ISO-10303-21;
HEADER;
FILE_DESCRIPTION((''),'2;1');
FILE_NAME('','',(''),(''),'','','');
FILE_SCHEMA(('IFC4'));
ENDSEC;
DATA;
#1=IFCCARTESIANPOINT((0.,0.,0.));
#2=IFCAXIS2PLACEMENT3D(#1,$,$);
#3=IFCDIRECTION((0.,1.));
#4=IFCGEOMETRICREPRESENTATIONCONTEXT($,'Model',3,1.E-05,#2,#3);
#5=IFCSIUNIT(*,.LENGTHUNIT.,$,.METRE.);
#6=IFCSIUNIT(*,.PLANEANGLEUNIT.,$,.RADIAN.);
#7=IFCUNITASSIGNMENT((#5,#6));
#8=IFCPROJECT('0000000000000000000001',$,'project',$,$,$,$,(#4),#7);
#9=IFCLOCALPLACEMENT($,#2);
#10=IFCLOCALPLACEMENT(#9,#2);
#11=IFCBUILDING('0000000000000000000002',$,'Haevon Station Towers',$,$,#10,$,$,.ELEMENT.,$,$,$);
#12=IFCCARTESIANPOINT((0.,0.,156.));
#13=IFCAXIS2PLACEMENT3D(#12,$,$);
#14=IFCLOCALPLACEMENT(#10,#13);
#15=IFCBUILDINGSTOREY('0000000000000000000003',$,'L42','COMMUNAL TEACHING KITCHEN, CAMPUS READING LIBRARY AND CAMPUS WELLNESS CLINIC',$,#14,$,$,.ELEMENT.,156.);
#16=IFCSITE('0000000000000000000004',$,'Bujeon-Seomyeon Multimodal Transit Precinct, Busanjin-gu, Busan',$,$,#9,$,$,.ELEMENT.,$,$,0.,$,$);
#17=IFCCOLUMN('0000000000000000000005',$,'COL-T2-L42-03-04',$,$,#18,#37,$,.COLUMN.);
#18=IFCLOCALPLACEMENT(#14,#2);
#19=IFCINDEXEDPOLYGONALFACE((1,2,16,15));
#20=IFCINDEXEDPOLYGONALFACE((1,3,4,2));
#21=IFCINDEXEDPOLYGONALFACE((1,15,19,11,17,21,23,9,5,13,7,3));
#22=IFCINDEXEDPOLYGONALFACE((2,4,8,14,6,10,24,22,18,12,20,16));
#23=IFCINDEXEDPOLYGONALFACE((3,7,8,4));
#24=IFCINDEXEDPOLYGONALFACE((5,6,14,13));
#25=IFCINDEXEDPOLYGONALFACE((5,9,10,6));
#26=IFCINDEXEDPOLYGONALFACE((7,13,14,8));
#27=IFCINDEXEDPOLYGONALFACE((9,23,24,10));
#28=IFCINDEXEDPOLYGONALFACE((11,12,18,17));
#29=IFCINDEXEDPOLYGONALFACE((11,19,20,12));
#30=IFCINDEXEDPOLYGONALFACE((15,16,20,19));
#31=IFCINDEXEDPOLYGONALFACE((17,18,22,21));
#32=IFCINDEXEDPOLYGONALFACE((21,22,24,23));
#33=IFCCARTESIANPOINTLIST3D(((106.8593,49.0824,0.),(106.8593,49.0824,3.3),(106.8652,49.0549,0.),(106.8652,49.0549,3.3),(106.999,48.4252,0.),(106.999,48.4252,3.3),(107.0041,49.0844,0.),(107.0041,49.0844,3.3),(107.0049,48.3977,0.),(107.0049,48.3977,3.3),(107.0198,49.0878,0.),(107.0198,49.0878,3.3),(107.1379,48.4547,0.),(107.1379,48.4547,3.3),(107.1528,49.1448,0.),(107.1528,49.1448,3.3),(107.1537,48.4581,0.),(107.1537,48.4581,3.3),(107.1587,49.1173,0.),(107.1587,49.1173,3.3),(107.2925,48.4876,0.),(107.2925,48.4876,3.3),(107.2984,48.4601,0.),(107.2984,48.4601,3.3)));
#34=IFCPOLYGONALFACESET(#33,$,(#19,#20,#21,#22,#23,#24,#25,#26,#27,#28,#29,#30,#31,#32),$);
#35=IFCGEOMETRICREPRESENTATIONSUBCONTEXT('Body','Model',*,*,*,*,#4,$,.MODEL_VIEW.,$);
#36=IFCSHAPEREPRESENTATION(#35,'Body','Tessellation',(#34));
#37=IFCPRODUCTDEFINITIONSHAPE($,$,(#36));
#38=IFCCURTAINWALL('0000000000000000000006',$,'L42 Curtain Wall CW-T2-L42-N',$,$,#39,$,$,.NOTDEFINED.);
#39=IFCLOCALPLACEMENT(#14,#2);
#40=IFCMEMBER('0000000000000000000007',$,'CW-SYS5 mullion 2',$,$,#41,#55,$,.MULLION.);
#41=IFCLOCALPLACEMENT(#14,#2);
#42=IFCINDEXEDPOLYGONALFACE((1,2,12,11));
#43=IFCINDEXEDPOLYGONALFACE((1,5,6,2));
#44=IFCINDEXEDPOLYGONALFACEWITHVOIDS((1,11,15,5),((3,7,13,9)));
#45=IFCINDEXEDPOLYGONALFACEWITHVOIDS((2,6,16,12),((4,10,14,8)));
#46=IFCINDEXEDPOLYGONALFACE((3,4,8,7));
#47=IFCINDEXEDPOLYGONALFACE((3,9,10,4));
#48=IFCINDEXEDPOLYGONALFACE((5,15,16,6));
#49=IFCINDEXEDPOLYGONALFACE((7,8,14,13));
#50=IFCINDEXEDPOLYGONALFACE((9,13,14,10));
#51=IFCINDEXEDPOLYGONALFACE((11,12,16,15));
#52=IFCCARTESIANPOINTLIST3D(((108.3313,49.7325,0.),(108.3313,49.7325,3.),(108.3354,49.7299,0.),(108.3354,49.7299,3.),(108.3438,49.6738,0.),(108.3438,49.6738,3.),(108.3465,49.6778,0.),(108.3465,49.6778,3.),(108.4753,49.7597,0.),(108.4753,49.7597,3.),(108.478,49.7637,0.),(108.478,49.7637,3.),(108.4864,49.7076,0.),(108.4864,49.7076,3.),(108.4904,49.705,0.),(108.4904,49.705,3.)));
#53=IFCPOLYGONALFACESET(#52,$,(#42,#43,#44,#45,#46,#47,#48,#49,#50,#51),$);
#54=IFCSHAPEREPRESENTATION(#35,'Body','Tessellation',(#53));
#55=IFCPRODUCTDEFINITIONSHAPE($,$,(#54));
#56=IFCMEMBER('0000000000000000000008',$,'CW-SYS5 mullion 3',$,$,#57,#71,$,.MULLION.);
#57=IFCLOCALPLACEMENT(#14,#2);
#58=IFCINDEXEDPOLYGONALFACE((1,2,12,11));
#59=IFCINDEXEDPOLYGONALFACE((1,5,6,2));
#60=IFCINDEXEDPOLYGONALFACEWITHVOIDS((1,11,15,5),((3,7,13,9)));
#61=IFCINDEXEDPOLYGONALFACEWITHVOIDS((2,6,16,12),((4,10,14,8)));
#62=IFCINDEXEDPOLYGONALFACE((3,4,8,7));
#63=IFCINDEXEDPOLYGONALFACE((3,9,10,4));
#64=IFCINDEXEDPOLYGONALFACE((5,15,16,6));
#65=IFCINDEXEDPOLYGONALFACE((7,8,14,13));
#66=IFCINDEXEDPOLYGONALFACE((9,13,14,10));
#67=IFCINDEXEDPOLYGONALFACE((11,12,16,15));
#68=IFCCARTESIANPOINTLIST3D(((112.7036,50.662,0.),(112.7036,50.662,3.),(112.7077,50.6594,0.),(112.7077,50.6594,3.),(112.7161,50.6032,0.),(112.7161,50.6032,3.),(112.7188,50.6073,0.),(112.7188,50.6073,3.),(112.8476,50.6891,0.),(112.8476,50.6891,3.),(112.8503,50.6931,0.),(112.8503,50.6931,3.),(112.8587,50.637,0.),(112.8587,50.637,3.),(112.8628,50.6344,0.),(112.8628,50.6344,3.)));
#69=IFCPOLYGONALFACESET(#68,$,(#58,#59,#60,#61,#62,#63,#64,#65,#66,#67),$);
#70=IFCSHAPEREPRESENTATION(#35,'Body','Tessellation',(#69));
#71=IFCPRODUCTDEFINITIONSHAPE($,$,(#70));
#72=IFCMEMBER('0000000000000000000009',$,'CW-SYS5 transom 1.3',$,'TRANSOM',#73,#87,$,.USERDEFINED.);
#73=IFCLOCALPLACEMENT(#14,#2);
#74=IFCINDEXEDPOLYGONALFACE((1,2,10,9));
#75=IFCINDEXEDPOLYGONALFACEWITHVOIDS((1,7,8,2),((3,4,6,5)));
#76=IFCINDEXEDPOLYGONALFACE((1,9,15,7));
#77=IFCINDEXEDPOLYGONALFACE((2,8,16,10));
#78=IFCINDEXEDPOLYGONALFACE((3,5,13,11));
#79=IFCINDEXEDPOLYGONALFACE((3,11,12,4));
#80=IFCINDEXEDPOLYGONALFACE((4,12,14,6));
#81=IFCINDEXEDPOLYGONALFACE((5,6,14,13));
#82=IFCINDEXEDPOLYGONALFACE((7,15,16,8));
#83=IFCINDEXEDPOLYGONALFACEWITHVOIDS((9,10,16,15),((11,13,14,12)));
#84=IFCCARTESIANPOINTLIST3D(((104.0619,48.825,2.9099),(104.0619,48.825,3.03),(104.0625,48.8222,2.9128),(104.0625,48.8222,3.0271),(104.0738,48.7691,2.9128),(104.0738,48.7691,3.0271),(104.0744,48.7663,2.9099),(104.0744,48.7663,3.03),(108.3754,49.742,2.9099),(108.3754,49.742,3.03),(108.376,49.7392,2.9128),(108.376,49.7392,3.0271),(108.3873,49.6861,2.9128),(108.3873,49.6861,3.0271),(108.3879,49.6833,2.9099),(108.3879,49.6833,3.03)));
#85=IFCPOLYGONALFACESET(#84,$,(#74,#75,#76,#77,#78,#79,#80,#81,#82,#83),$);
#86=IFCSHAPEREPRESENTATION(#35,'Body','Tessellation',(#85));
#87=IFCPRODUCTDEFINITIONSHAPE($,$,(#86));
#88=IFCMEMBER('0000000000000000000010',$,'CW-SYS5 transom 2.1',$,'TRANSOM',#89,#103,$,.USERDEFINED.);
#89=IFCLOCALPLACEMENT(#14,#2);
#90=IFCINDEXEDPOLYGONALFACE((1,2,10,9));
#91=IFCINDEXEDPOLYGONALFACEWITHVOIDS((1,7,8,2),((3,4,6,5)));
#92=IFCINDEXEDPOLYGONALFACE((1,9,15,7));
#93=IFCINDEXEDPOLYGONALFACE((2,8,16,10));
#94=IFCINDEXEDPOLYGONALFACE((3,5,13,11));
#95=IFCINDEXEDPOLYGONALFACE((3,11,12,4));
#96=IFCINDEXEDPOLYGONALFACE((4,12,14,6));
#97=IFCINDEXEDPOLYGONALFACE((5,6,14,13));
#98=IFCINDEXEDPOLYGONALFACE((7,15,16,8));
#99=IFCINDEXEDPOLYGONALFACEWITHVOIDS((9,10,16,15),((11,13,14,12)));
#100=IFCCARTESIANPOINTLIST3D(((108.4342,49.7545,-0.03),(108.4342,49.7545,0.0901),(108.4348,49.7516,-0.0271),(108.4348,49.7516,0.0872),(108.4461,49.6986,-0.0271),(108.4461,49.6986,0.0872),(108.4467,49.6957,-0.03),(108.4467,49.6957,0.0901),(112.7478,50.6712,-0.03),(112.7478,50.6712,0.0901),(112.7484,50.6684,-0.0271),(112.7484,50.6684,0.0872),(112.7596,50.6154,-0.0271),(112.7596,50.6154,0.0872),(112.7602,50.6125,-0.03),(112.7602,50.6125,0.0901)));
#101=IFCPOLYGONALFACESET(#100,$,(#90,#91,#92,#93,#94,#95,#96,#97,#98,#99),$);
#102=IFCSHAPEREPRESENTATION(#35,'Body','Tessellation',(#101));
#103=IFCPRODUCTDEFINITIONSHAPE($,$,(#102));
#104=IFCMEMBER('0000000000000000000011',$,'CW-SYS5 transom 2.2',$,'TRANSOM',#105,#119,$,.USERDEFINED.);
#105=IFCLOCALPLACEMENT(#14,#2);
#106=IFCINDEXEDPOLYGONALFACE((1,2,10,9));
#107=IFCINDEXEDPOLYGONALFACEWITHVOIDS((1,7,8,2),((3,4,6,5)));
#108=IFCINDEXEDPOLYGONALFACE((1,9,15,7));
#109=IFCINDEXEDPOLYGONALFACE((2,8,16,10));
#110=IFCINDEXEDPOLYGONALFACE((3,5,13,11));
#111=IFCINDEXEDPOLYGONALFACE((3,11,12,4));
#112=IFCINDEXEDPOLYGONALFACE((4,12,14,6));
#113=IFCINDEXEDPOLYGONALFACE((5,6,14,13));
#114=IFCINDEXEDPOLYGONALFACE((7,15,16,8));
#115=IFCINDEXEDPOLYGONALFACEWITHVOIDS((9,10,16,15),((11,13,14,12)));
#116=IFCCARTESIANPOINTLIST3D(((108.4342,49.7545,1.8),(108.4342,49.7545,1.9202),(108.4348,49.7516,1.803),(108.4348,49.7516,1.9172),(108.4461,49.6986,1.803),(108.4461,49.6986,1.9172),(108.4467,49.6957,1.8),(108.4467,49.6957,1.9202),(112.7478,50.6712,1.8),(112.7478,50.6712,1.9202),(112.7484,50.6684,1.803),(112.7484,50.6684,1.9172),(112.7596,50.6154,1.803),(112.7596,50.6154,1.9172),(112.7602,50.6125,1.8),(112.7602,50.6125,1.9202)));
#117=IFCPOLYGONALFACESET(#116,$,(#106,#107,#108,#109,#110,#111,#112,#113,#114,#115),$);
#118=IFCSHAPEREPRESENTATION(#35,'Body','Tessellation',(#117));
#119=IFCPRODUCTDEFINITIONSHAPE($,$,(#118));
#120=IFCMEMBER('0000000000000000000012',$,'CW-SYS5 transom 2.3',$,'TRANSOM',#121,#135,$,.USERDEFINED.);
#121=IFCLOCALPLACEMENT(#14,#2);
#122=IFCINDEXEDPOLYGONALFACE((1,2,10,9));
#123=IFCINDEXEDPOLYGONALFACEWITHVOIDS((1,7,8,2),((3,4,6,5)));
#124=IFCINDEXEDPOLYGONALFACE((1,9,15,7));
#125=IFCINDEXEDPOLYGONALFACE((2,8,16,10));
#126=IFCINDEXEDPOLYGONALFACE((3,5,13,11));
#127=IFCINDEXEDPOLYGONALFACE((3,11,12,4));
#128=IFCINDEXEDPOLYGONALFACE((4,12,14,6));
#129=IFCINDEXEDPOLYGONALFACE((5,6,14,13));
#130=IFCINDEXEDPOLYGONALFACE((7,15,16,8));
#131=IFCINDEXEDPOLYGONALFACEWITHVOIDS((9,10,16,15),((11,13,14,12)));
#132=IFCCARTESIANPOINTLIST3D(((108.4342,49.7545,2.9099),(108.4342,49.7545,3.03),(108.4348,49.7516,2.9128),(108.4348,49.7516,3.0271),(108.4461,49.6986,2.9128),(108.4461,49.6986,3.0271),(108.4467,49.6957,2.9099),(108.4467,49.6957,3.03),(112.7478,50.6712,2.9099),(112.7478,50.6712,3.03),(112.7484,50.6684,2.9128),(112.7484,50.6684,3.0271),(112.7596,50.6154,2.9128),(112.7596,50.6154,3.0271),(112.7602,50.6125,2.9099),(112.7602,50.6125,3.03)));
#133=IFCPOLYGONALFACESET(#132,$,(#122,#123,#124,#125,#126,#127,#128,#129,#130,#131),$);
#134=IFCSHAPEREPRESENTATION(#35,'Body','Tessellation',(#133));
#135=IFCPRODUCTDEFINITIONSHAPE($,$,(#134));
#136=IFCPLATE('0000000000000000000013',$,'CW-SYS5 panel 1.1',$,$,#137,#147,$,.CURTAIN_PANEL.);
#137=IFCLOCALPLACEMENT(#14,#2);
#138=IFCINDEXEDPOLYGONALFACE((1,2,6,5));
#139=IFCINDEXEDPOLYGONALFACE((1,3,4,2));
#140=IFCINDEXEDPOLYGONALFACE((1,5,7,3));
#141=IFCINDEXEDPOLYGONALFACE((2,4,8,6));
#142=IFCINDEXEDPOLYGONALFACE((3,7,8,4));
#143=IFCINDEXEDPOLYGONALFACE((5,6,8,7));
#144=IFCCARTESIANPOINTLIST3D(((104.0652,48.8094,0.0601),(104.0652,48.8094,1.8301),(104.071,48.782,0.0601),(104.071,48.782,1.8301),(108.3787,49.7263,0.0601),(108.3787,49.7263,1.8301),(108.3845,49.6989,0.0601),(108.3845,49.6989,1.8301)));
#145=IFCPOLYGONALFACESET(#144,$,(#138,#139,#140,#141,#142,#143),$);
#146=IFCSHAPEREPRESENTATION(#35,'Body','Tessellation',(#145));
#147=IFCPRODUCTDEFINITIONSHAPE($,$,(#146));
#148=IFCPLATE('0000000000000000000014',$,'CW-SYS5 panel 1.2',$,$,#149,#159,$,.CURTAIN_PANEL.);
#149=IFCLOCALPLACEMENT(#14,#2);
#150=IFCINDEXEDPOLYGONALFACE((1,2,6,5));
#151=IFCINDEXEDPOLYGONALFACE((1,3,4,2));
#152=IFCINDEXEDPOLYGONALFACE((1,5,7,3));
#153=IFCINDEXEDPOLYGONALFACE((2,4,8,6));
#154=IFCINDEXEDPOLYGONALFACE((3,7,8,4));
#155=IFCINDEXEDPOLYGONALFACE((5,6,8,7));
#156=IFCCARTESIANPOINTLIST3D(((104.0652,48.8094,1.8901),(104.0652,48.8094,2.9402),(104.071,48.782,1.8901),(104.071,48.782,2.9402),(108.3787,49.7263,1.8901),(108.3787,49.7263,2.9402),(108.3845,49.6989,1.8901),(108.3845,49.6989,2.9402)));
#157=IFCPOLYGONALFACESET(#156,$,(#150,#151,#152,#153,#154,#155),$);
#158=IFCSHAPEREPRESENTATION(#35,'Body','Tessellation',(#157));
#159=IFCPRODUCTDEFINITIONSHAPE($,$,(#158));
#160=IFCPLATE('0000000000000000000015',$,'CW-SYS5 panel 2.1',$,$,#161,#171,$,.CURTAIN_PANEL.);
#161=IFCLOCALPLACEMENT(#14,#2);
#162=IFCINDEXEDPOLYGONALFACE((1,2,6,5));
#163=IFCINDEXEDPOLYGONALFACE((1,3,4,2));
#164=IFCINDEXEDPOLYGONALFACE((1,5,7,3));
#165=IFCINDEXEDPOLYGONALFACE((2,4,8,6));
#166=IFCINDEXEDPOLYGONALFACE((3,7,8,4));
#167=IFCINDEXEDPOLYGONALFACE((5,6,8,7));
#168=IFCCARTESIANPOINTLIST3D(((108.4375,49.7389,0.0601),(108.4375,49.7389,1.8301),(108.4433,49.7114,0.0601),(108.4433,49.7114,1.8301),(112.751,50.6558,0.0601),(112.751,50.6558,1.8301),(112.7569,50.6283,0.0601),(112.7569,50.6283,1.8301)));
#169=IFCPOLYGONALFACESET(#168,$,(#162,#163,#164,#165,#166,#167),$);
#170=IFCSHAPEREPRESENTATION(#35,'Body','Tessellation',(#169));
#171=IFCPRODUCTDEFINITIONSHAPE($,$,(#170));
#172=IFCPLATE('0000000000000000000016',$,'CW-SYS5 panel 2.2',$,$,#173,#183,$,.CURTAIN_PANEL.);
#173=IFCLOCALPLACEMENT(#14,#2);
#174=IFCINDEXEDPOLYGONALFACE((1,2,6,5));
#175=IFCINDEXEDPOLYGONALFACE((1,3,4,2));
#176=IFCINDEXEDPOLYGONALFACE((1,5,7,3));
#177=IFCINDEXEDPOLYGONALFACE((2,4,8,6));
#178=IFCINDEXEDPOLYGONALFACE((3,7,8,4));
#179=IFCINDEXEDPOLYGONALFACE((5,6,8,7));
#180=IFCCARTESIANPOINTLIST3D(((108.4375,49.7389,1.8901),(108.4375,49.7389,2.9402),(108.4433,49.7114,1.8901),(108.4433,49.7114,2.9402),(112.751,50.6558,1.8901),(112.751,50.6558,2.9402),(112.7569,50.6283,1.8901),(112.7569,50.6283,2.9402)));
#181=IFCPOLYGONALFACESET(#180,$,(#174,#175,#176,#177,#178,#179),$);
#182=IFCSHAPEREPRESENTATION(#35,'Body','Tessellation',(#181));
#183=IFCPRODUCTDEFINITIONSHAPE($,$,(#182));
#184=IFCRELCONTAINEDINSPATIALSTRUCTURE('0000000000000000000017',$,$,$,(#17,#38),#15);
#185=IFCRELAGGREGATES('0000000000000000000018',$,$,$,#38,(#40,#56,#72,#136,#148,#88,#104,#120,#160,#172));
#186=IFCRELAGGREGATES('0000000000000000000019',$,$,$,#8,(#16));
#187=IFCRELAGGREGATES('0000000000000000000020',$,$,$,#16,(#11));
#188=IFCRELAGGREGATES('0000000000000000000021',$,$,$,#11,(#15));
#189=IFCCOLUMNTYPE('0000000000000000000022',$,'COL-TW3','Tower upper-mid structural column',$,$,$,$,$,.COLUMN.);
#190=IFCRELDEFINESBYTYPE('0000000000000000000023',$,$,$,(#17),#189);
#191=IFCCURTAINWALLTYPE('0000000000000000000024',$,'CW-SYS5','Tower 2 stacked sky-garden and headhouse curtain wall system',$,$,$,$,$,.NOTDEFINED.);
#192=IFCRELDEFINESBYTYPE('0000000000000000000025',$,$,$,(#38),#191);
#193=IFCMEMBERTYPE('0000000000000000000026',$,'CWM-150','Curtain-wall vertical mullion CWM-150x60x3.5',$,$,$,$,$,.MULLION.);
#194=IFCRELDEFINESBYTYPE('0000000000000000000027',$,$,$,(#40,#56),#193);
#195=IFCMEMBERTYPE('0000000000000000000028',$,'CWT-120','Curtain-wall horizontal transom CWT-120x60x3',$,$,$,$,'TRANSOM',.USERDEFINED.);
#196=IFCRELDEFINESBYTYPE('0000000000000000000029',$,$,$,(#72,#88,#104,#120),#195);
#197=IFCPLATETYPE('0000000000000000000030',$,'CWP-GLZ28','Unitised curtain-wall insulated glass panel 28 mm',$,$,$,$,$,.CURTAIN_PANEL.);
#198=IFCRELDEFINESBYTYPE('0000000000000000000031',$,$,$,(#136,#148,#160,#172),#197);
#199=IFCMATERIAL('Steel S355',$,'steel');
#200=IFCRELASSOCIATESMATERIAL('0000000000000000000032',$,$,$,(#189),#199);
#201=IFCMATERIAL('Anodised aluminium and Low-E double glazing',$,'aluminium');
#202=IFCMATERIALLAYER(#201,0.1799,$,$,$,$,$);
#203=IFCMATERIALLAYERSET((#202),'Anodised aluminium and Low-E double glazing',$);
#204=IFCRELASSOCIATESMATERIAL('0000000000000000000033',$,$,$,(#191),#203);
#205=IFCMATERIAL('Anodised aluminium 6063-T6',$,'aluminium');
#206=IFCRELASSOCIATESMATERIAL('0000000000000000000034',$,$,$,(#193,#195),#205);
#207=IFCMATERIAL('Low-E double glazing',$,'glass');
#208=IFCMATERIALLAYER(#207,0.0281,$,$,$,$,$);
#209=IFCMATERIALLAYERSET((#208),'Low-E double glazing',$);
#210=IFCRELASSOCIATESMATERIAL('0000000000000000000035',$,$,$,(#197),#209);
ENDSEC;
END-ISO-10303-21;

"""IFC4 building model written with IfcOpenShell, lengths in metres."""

from ifc_helpers import new_model, si_unit, direction, frame, origin, origin_2d, place, context, subcontext, project, spatial, rectangle, hollow_rectangle, i_section, extrude, material, layer, layer_set, material_profile, profile_set, type_object, element, aggregate, save


model = new_model("IFC4")

# Units and contexts
model_context = context("Model", 3, precision=1e-05, world=origin(), true_north=direction((0.0, 1.0)))
body_context = subcontext(model_context, "Body", "Model", "MODEL_VIEW")
ifc_project = project(units=[si_unit("LENGTHUNIT", "METRE"), si_unit("PLANEANGLEUNIT", "RADIAN")], contexts=[model_context])

# Site, building, storey
site_placement = place(None, origin())
site = spatial("IfcSite", under=ifc_project, at=site_placement, Name="Bujeon-Seomyeon Multimodal Transit Precinct, Busanjin-gu, Busan", CompositionType="ELEMENT", RefElevation=0.0)
building_placement = place(site_placement, origin())
building = spatial("IfcBuilding", under=site, at=building_placement, Name="Haevon Station Towers", CompositionType="ELEMENT")
storey_placement = place(building_placement, frame((0.0, 0.0, 156.0)))
storey = spatial("IfcBuildingStorey", under=building, at=storey_placement, Name="L42", Description="COMMUNAL TEACHING KITCHEN, CAMPUS READING LIBRARY AND CAMPUS WELLNESS CLINIC", CompositionType="ELEMENT", Elevation=156.0)

# Column
ifc_material_1 = material(Name="Steel S355", Category="steel")
ifc_material_profile_1 = material_profile(ifc_material_1, i_section(OverallWidth=0.3, OverallDepth=0.7, WebThickness=0.0161, FlangeThickness=0.0281, at=origin_2d()), Name="H-700x300x16x28")
ifc_profile_set_1 = profile_set([ifc_material_profile_1], Name="Steel S355")
column_type = type_object("IfcColumnType", Name="COL-TW3", Description="Tower upper-mid structural column", PredefinedType="COLUMN", material=ifc_profile_set_1)
column_placement = place(storey_placement, frame((107.0789, 48.7712, 0.0), z_axis=(0.0, 0.0, 1.0), x_axis=(0.978148, 0.207912, 0.0)))
element("IfcColumn", 1, at=column_placement, inside=storey, type_object=column_type, Name="COL-T2-L42-03-04", PredefinedType="COLUMN", context=body_context, shape_type="SweptSolid", body=[
    extrude(i_section(OverallWidth=0.3, OverallDepth=0.7, WebThickness=0.0161, FlangeThickness=0.0281, at=origin_2d()), origin(), (0.0, 0.0, 1.0), 3.3),
])

# Curtain wall, members, plates
ifc_material_2 = material(Name="Anodised aluminium and Low-E double glazing", Category="aluminium")
ifc_layer_1 = layer(ifc_material_2, 0.1799)
ifc_layer_set_1 = layer_set([ifc_layer_1], Name="Anodised aluminium and Low-E double glazing")
curtain_wall_type = type_object("IfcCurtainWallType", Name="CW-SYS5", Description="Tower 2 stacked sky-garden and headhouse curtain wall system", PredefinedType="NOTDEFINED", material=ifc_layer_set_1)
curtain_wall_placement = place(storey_placement, origin())
curtain_wall = element("IfcCurtainWall", 2, at=curtain_wall_placement, inside=storey, type_object=curtain_wall_type, Name="L42 Curtain Wall CW-T2-L42-N", PredefinedType="NOTDEFINED")
ifc_material_3 = material(Name="Anodised aluminium 6063-T6", Category="aluminium")
ifc_material_profile_2 = material_profile(ifc_material_3, hollow_rectangle(XDim=0.0601, YDim=0.1499, WallThickness=0.0034, at=origin_2d()), Name="CWM-150x60x3.5")
ifc_profile_set_2 = profile_set([ifc_material_profile_2], Name="Anodised aluminium 6063-T6")
member_type_1 = type_object("IfcMemberType", Name="CWM-150", Description="Curtain-wall vertical mullion CWM-150x60x3.5", PredefinedType="MULLION", material=ifc_profile_set_2)
member_1_placement = place(storey_placement, frame((108.4109, 49.7188, 0.0), z_axis=(0.0, 0.0, 1.0), x_axis=(-0.207912, 0.978148, 0.0)))
member_1 = element("IfcMember", 3, at=member_1_placement, type_object=member_type_1, Name="CW-SYS5 mullion 2", PredefinedType="MULLION", context=body_context, shape_type="SweptSolid", body=[
    extrude(hollow_rectangle(XDim=0.0601, YDim=0.1499, WallThickness=0.0034, at=origin_2d()), origin(), (0.0, 0.0, 1.0), 3.0),
])
member_2_placement = place(storey_placement, frame((112.7832, 50.6482, 0.0), z_axis=(0.0, 0.0, 1.0), x_axis=(-0.207912, 0.978148, 0.0)))
member_2 = element("IfcMember", 4, at=member_2_placement, type_object=member_type_1, Name="CW-SYS5 mullion 3", PredefinedType="MULLION", context=body_context, shape_type="SweptSolid", body=[
    extrude(hollow_rectangle(XDim=0.0601, YDim=0.1499, WallThickness=0.0034, at=origin_2d()), origin(), (0.0, 0.0, 1.0), 3.0),
])
ifc_material_profile_3 = material_profile(ifc_material_3, hollow_rectangle(XDim=0.0601, YDim=0.1201, WallThickness=0.0029, at=origin_2d()), Name="CWT-120x60x3")
ifc_profile_set_3 = profile_set([ifc_material_profile_3], Name="Anodised aluminium 6063-T6")
member_type_2 = type_object("IfcMemberType", Name="CWT-120", Description="Curtain-wall horizontal transom CWT-120x60x3", ElementType="TRANSOM", PredefinedType="USERDEFINED", material=ifc_profile_set_3)
member_3_placement = place(storey_placement, frame((104.0681, 48.7957, 2.97), z_axis=(0.978141, 0.207941, 0.0), x_axis=(-0.207941, 0.978141, 0.0)))
member_3 = element("IfcMember", 5, at=member_3_placement, type_object=member_type_2, Name="CW-SYS5 transom 1.3", ObjectType="TRANSOM", PredefinedType="USERDEFINED", context=body_context, shape_type="SweptSolid", body=[
    extrude(hollow_rectangle(XDim=0.0601, YDim=0.1201, WallThickness=0.0029, at=origin_2d()), origin(), (0.0, 0.0, 1.0), 4.4099),
])
member_4_placement = place(storey_placement, frame((108.4404, 49.7251, 0.03), z_axis=(0.978153, 0.207888, 0.0), x_axis=(-0.207888, 0.978153, 0.0)))
member_4 = element("IfcMember", 6, at=member_4_placement, type_object=member_type_2, Name="CW-SYS5 transom 2.1", ObjectType="TRANSOM", PredefinedType="USERDEFINED", context=body_context, shape_type="SweptSolid", body=[
    extrude(hollow_rectangle(XDim=0.0601, YDim=0.1201, WallThickness=0.0029, at=origin_2d()), origin(), (0.0, 0.0, 1.0), 4.4099),
])
member_5_placement = place(storey_placement, frame((108.4404, 49.7251, 1.8601), z_axis=(0.978153, 0.207888, 0.0), x_axis=(-0.207888, 0.978153, 0.0)))
member_5 = element("IfcMember", 7, at=member_5_placement, type_object=member_type_2, Name="CW-SYS5 transom 2.2", ObjectType="TRANSOM", PredefinedType="USERDEFINED", context=body_context, shape_type="SweptSolid", body=[
    extrude(hollow_rectangle(XDim=0.0601, YDim=0.1201, WallThickness=0.0029, at=origin_2d()), origin(), (0.0, 0.0, 1.0), 4.4099),
])
member_6_placement = place(storey_placement, frame((108.4404, 49.7251, 2.97), z_axis=(0.978153, 0.207888, 0.0), x_axis=(-0.207888, 0.978153, 0.0)))
member_6 = element("IfcMember", 8, at=member_6_placement, type_object=member_type_2, Name="CW-SYS5 transom 2.3", ObjectType="TRANSOM", PredefinedType="USERDEFINED", context=body_context, shape_type="SweptSolid", body=[
    extrude(hollow_rectangle(XDim=0.0601, YDim=0.1201, WallThickness=0.0029, at=origin_2d()), origin(), (0.0, 0.0, 1.0), 4.4099),
])
ifc_material_4 = material(Name="Low-E double glazing", Category="glass")
ifc_layer_2 = layer(ifc_material_4, 0.0281)
ifc_layer_set_2 = layer_set([ifc_layer_2], Name="Low-E double glazing")
plate_type = type_object("IfcPlateType", Name="CWP-GLZ28", Description="Unitised curtain-wall insulated glass panel 28 mm", PredefinedType="CURTAIN_PANEL", material=ifc_layer_set_2)
plate_1_placement = place(storey_placement, frame((106.2249, 49.2542, 0.0601), z_axis=(0.0, 0.0, 1.0), x_axis=(0.978148, 0.207912, 0.0)))
plate_1 = element("IfcPlate", 9, at=plate_1_placement, type_object=plate_type, Name="CW-SYS5 panel 1.1", PredefinedType="CURTAIN_PANEL", context=body_context, shape_type="SweptSolid", body=[
    extrude(rectangle(XDim=4.4099, YDim=0.0281, at=origin_2d()), origin(), (0.0, 0.0, 1.0), 1.77),
])
plate_2_placement = place(storey_placement, frame((106.2249, 49.2542, 1.8901), z_axis=(0.0, 0.0, 1.0), x_axis=(0.978148, 0.207912, 0.0)))
plate_2 = element("IfcPlate", 10, at=plate_2_placement, type_object=plate_type, Name="CW-SYS5 panel 1.2", PredefinedType="CURTAIN_PANEL", context=body_context, shape_type="SweptSolid", body=[
    extrude(rectangle(XDim=4.4099, YDim=0.0281, at=origin_2d()), origin(), (0.0, 0.0, 1.0), 1.05),
])
plate_3_placement = place(storey_placement, frame((110.5972, 50.1836, 0.0601), z_axis=(0.0, 0.0, 1.0), x_axis=(0.978148, 0.207912, 0.0)))
plate_3 = element("IfcPlate", 11, at=plate_3_placement, type_object=plate_type, Name="CW-SYS5 panel 2.1", PredefinedType="CURTAIN_PANEL", context=body_context, shape_type="SweptSolid", body=[
    extrude(rectangle(XDim=4.4099, YDim=0.0281, at=origin_2d()), origin(), (0.0, 0.0, 1.0), 1.77),
])
plate_4_placement = place(storey_placement, frame((110.5972, 50.1836, 1.8901), z_axis=(0.0, 0.0, 1.0), x_axis=(0.978148, 0.207912, 0.0)))
plate_4 = element("IfcPlate", 12, at=plate_4_placement, type_object=plate_type, Name="CW-SYS5 panel 2.2", PredefinedType="CURTAIN_PANEL", context=body_context, shape_type="SweptSolid", body=[
    extrude(rectangle(XDim=4.4099, YDim=0.0281, at=origin_2d()), origin(), (0.0, 0.0, 1.0), 1.05),
])
aggregate(curtain_wall, [member_1, member_2, member_3, plate_1, plate_2, member_4, member_5, member_6, plate_3, plate_4])

save(model, "model.ifc")
